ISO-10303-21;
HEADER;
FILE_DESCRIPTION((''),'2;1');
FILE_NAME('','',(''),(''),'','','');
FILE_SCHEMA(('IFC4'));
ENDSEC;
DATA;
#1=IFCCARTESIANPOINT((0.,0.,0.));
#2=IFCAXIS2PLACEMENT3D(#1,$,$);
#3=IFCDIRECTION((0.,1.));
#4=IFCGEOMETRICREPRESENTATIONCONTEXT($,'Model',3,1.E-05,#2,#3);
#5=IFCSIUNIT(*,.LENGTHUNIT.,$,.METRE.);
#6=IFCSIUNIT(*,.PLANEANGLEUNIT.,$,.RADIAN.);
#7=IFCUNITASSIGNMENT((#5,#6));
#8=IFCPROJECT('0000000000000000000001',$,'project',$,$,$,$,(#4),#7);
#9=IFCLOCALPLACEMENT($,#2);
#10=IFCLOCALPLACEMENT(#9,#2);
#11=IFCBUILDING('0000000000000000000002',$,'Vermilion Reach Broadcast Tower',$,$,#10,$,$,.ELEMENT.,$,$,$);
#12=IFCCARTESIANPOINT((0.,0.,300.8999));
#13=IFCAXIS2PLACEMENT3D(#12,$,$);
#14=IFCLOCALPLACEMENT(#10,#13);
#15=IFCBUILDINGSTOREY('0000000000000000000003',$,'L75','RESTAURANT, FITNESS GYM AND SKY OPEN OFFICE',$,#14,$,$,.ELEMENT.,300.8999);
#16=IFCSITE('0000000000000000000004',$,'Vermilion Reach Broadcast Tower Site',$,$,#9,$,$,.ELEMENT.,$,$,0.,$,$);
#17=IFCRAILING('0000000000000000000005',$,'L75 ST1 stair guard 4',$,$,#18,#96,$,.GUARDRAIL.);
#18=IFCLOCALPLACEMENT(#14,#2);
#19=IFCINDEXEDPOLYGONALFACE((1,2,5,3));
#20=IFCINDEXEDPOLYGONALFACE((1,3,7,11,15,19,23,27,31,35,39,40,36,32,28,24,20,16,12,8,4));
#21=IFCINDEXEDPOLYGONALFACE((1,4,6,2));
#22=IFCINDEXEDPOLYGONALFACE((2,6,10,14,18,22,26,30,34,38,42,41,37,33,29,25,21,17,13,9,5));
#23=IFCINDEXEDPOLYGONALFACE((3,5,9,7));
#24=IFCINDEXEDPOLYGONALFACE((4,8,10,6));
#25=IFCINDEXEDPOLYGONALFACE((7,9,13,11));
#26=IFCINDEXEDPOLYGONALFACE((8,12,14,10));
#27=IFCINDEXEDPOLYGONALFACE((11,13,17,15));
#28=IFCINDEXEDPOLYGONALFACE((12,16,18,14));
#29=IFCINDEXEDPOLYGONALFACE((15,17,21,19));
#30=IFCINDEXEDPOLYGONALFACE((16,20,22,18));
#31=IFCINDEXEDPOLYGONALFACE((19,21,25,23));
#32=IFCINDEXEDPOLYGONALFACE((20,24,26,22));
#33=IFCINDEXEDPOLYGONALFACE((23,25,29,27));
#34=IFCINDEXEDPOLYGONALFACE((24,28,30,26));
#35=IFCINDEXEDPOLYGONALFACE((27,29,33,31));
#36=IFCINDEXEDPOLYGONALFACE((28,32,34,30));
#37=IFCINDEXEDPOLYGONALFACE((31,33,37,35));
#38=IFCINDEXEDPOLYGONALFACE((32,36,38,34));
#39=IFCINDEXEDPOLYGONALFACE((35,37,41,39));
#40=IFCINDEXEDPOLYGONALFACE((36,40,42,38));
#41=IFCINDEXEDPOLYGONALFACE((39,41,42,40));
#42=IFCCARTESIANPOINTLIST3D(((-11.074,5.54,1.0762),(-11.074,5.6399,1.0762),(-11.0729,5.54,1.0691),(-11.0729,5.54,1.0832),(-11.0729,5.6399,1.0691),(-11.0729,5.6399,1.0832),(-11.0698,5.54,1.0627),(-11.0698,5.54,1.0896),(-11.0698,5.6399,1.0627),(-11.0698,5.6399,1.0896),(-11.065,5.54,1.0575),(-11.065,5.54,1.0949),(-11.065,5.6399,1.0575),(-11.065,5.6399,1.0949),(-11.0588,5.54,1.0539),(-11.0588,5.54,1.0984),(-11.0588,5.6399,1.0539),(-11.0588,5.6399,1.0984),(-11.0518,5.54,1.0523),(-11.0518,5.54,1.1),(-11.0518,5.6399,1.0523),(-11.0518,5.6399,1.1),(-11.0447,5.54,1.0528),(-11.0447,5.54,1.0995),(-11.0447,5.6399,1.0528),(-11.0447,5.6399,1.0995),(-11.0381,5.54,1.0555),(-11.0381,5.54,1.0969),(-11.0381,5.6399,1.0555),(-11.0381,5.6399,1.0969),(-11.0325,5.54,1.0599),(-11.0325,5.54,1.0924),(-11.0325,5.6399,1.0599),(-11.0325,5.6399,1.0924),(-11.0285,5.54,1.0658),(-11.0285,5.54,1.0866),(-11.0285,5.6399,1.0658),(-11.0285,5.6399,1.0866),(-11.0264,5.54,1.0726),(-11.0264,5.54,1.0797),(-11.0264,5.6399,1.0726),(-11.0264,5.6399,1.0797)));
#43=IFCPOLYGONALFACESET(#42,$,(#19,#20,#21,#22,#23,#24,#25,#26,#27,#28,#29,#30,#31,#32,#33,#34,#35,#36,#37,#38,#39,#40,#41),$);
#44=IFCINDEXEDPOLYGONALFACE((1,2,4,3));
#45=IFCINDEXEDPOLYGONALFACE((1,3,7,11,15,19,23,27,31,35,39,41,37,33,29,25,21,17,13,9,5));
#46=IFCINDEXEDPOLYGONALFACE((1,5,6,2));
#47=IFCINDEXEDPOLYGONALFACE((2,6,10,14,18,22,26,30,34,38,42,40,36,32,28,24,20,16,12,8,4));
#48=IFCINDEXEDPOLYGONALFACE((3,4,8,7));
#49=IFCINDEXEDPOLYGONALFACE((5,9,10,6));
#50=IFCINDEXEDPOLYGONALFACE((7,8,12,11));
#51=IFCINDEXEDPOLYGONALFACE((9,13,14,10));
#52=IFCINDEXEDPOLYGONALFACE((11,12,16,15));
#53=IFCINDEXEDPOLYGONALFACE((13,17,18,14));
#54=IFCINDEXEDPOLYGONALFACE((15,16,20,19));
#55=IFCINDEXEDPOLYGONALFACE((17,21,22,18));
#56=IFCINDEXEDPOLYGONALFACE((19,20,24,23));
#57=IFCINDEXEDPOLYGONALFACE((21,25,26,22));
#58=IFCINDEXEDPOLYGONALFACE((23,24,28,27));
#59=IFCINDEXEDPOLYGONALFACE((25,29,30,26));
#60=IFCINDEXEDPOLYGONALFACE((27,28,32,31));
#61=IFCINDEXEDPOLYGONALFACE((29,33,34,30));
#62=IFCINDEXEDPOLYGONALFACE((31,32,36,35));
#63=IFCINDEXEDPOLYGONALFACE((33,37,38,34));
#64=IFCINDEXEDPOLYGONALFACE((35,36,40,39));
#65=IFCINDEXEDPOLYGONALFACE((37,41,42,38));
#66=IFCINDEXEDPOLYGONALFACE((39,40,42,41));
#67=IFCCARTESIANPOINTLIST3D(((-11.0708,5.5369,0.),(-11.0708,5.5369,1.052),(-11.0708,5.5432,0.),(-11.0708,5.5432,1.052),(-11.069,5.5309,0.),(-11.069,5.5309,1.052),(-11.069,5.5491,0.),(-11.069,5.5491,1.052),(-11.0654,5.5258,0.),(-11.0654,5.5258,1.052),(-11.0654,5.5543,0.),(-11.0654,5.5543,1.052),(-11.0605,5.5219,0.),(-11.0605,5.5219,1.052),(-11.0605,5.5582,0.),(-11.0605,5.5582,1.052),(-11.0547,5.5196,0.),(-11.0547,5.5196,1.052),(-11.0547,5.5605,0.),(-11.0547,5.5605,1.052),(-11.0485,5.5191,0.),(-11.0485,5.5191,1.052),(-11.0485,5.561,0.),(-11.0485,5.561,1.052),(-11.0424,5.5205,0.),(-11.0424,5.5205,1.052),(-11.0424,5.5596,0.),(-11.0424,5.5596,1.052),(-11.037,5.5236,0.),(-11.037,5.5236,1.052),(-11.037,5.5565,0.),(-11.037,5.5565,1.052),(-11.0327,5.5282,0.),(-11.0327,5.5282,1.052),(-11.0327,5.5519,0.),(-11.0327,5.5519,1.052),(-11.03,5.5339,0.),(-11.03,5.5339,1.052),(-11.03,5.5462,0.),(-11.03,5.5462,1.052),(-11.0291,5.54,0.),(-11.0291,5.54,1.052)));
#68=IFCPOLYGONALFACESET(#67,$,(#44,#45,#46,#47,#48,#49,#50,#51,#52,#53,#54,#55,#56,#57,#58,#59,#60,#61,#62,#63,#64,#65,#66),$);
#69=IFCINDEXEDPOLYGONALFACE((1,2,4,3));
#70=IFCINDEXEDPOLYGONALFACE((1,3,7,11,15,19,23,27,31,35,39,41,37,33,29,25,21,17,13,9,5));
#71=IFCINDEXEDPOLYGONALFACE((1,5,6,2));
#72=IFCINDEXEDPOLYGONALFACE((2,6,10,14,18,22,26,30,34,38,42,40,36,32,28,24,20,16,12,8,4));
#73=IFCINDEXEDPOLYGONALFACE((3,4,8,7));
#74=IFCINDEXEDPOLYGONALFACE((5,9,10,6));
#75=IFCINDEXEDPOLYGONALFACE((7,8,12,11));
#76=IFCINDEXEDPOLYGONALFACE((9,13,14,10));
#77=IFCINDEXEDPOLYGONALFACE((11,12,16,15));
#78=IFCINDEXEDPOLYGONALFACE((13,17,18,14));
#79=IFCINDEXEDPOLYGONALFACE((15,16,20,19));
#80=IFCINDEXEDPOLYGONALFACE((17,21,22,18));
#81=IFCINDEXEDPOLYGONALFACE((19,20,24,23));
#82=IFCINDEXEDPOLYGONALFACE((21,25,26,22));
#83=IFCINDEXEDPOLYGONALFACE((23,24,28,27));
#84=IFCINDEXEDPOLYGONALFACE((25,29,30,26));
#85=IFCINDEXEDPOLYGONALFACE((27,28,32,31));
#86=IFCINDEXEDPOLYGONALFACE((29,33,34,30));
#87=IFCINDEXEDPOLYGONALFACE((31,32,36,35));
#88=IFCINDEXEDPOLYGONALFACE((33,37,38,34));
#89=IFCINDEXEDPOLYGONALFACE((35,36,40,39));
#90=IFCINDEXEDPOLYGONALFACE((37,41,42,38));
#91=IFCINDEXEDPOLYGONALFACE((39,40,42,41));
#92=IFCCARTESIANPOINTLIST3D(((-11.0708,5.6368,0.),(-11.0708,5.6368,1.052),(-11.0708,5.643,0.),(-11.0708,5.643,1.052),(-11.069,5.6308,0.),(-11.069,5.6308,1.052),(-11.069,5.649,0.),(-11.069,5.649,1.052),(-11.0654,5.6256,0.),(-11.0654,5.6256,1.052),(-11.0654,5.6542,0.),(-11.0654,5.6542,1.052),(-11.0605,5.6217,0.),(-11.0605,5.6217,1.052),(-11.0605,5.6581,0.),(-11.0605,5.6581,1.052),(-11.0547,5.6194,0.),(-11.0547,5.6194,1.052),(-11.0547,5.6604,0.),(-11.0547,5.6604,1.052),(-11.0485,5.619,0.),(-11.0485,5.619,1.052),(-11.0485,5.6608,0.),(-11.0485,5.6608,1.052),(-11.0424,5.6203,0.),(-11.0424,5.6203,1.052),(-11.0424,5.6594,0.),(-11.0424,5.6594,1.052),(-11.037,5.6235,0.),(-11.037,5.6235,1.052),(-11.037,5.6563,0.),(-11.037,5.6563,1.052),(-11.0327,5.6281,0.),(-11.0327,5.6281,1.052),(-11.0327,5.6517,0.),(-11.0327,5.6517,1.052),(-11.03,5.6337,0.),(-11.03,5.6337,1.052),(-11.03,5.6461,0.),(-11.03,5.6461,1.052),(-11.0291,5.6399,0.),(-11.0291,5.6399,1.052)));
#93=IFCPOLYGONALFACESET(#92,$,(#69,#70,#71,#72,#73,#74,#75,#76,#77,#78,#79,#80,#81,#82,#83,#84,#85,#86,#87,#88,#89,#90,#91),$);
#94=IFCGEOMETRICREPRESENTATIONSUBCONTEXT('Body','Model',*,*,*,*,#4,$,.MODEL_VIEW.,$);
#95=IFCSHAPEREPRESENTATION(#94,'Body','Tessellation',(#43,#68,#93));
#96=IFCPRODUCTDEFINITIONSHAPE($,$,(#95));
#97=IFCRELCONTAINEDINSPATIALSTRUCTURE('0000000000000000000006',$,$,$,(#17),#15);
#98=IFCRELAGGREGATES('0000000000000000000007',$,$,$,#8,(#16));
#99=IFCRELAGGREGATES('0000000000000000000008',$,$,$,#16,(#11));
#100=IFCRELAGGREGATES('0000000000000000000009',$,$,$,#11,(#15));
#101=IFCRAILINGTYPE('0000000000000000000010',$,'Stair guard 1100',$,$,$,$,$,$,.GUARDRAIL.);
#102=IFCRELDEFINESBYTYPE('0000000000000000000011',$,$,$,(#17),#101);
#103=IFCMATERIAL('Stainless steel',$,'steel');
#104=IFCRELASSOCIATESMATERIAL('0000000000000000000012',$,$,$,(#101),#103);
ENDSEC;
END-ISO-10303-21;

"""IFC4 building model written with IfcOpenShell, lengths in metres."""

from ifc_helpers import new_model, si_unit, direction, frame, origin, origin_2d, place, context, subcontext, project, spatial, circle, extrude, material, type_object, element, save


model = new_model("IFC4")

# Units and contexts
model_context = context("Model", 3, precision=1e-05, world=origin(), true_north=direction((0.0, 1.0)))
body_context = subcontext(model_context, "Body", "Model", "MODEL_VIEW")
ifc_project = project(units=[si_unit("LENGTHUNIT", "METRE"), si_unit("PLANEANGLEUNIT", "RADIAN")], contexts=[model_context])

# Site, building, storey
site_placement = place(None, origin())
site = spatial("IfcSite", under=ifc_project, at=site_placement, Name="Vermilion Reach Broadcast Tower Site", CompositionType="ELEMENT", RefElevation=0.0)
building_placement = place(site_placement, origin())
building = spatial("IfcBuilding", under=site, at=building_placement, Name="Vermilion Reach Broadcast Tower", CompositionType="ELEMENT")
storey_placement = place(building_placement, frame((0.0, 0.0, 300.8999)))
storey = spatial("IfcBuildingStorey", under=building, at=storey_placement, Name="L75", Description="RESTAURANT, FITNESS GYM AND SKY OPEN OFFICE", CompositionType="ELEMENT", Elevation=300.8999)

# Railing
ifc_material_1 = material(Name="Stainless steel", Category="steel")
railing_type_1 = type_object("IfcRailingType", Name="Stair guard 1100", PredefinedType="GUARDRAIL", material=ifc_material_1)
railing_1_placement = place(storey_placement, frame((-11.05, 5.54, 0.0)))
element("IfcRailing", 1, at=railing_1_placement, inside=storey, type_object=railing_type_1, Name="L75 ST1 stair guard 4", PredefinedType="GUARDRAIL", context=body_context, shape_type="SweptSolid", body=[
    extrude(circle(Radius=0.0239, at=origin_2d()), frame((0.0, 0.0, 1.0762), z_axis=(0.0, 1.0, 0.0), x_axis=(-1.0, 0.0, 0.0)), (0.0, 0.0, 1.0), 0.0999),
    extrude(circle(Radius=0.021, at=origin_2d()), origin(), (0.0, 0.0, 1.0), 1.052),
    extrude(circle(Radius=0.021, at=origin_2d()), frame((0.0, 0.0999, 0.0)), (0.0, 0.0, 1.0), 1.052),
])

save(model, "model.ifc")
